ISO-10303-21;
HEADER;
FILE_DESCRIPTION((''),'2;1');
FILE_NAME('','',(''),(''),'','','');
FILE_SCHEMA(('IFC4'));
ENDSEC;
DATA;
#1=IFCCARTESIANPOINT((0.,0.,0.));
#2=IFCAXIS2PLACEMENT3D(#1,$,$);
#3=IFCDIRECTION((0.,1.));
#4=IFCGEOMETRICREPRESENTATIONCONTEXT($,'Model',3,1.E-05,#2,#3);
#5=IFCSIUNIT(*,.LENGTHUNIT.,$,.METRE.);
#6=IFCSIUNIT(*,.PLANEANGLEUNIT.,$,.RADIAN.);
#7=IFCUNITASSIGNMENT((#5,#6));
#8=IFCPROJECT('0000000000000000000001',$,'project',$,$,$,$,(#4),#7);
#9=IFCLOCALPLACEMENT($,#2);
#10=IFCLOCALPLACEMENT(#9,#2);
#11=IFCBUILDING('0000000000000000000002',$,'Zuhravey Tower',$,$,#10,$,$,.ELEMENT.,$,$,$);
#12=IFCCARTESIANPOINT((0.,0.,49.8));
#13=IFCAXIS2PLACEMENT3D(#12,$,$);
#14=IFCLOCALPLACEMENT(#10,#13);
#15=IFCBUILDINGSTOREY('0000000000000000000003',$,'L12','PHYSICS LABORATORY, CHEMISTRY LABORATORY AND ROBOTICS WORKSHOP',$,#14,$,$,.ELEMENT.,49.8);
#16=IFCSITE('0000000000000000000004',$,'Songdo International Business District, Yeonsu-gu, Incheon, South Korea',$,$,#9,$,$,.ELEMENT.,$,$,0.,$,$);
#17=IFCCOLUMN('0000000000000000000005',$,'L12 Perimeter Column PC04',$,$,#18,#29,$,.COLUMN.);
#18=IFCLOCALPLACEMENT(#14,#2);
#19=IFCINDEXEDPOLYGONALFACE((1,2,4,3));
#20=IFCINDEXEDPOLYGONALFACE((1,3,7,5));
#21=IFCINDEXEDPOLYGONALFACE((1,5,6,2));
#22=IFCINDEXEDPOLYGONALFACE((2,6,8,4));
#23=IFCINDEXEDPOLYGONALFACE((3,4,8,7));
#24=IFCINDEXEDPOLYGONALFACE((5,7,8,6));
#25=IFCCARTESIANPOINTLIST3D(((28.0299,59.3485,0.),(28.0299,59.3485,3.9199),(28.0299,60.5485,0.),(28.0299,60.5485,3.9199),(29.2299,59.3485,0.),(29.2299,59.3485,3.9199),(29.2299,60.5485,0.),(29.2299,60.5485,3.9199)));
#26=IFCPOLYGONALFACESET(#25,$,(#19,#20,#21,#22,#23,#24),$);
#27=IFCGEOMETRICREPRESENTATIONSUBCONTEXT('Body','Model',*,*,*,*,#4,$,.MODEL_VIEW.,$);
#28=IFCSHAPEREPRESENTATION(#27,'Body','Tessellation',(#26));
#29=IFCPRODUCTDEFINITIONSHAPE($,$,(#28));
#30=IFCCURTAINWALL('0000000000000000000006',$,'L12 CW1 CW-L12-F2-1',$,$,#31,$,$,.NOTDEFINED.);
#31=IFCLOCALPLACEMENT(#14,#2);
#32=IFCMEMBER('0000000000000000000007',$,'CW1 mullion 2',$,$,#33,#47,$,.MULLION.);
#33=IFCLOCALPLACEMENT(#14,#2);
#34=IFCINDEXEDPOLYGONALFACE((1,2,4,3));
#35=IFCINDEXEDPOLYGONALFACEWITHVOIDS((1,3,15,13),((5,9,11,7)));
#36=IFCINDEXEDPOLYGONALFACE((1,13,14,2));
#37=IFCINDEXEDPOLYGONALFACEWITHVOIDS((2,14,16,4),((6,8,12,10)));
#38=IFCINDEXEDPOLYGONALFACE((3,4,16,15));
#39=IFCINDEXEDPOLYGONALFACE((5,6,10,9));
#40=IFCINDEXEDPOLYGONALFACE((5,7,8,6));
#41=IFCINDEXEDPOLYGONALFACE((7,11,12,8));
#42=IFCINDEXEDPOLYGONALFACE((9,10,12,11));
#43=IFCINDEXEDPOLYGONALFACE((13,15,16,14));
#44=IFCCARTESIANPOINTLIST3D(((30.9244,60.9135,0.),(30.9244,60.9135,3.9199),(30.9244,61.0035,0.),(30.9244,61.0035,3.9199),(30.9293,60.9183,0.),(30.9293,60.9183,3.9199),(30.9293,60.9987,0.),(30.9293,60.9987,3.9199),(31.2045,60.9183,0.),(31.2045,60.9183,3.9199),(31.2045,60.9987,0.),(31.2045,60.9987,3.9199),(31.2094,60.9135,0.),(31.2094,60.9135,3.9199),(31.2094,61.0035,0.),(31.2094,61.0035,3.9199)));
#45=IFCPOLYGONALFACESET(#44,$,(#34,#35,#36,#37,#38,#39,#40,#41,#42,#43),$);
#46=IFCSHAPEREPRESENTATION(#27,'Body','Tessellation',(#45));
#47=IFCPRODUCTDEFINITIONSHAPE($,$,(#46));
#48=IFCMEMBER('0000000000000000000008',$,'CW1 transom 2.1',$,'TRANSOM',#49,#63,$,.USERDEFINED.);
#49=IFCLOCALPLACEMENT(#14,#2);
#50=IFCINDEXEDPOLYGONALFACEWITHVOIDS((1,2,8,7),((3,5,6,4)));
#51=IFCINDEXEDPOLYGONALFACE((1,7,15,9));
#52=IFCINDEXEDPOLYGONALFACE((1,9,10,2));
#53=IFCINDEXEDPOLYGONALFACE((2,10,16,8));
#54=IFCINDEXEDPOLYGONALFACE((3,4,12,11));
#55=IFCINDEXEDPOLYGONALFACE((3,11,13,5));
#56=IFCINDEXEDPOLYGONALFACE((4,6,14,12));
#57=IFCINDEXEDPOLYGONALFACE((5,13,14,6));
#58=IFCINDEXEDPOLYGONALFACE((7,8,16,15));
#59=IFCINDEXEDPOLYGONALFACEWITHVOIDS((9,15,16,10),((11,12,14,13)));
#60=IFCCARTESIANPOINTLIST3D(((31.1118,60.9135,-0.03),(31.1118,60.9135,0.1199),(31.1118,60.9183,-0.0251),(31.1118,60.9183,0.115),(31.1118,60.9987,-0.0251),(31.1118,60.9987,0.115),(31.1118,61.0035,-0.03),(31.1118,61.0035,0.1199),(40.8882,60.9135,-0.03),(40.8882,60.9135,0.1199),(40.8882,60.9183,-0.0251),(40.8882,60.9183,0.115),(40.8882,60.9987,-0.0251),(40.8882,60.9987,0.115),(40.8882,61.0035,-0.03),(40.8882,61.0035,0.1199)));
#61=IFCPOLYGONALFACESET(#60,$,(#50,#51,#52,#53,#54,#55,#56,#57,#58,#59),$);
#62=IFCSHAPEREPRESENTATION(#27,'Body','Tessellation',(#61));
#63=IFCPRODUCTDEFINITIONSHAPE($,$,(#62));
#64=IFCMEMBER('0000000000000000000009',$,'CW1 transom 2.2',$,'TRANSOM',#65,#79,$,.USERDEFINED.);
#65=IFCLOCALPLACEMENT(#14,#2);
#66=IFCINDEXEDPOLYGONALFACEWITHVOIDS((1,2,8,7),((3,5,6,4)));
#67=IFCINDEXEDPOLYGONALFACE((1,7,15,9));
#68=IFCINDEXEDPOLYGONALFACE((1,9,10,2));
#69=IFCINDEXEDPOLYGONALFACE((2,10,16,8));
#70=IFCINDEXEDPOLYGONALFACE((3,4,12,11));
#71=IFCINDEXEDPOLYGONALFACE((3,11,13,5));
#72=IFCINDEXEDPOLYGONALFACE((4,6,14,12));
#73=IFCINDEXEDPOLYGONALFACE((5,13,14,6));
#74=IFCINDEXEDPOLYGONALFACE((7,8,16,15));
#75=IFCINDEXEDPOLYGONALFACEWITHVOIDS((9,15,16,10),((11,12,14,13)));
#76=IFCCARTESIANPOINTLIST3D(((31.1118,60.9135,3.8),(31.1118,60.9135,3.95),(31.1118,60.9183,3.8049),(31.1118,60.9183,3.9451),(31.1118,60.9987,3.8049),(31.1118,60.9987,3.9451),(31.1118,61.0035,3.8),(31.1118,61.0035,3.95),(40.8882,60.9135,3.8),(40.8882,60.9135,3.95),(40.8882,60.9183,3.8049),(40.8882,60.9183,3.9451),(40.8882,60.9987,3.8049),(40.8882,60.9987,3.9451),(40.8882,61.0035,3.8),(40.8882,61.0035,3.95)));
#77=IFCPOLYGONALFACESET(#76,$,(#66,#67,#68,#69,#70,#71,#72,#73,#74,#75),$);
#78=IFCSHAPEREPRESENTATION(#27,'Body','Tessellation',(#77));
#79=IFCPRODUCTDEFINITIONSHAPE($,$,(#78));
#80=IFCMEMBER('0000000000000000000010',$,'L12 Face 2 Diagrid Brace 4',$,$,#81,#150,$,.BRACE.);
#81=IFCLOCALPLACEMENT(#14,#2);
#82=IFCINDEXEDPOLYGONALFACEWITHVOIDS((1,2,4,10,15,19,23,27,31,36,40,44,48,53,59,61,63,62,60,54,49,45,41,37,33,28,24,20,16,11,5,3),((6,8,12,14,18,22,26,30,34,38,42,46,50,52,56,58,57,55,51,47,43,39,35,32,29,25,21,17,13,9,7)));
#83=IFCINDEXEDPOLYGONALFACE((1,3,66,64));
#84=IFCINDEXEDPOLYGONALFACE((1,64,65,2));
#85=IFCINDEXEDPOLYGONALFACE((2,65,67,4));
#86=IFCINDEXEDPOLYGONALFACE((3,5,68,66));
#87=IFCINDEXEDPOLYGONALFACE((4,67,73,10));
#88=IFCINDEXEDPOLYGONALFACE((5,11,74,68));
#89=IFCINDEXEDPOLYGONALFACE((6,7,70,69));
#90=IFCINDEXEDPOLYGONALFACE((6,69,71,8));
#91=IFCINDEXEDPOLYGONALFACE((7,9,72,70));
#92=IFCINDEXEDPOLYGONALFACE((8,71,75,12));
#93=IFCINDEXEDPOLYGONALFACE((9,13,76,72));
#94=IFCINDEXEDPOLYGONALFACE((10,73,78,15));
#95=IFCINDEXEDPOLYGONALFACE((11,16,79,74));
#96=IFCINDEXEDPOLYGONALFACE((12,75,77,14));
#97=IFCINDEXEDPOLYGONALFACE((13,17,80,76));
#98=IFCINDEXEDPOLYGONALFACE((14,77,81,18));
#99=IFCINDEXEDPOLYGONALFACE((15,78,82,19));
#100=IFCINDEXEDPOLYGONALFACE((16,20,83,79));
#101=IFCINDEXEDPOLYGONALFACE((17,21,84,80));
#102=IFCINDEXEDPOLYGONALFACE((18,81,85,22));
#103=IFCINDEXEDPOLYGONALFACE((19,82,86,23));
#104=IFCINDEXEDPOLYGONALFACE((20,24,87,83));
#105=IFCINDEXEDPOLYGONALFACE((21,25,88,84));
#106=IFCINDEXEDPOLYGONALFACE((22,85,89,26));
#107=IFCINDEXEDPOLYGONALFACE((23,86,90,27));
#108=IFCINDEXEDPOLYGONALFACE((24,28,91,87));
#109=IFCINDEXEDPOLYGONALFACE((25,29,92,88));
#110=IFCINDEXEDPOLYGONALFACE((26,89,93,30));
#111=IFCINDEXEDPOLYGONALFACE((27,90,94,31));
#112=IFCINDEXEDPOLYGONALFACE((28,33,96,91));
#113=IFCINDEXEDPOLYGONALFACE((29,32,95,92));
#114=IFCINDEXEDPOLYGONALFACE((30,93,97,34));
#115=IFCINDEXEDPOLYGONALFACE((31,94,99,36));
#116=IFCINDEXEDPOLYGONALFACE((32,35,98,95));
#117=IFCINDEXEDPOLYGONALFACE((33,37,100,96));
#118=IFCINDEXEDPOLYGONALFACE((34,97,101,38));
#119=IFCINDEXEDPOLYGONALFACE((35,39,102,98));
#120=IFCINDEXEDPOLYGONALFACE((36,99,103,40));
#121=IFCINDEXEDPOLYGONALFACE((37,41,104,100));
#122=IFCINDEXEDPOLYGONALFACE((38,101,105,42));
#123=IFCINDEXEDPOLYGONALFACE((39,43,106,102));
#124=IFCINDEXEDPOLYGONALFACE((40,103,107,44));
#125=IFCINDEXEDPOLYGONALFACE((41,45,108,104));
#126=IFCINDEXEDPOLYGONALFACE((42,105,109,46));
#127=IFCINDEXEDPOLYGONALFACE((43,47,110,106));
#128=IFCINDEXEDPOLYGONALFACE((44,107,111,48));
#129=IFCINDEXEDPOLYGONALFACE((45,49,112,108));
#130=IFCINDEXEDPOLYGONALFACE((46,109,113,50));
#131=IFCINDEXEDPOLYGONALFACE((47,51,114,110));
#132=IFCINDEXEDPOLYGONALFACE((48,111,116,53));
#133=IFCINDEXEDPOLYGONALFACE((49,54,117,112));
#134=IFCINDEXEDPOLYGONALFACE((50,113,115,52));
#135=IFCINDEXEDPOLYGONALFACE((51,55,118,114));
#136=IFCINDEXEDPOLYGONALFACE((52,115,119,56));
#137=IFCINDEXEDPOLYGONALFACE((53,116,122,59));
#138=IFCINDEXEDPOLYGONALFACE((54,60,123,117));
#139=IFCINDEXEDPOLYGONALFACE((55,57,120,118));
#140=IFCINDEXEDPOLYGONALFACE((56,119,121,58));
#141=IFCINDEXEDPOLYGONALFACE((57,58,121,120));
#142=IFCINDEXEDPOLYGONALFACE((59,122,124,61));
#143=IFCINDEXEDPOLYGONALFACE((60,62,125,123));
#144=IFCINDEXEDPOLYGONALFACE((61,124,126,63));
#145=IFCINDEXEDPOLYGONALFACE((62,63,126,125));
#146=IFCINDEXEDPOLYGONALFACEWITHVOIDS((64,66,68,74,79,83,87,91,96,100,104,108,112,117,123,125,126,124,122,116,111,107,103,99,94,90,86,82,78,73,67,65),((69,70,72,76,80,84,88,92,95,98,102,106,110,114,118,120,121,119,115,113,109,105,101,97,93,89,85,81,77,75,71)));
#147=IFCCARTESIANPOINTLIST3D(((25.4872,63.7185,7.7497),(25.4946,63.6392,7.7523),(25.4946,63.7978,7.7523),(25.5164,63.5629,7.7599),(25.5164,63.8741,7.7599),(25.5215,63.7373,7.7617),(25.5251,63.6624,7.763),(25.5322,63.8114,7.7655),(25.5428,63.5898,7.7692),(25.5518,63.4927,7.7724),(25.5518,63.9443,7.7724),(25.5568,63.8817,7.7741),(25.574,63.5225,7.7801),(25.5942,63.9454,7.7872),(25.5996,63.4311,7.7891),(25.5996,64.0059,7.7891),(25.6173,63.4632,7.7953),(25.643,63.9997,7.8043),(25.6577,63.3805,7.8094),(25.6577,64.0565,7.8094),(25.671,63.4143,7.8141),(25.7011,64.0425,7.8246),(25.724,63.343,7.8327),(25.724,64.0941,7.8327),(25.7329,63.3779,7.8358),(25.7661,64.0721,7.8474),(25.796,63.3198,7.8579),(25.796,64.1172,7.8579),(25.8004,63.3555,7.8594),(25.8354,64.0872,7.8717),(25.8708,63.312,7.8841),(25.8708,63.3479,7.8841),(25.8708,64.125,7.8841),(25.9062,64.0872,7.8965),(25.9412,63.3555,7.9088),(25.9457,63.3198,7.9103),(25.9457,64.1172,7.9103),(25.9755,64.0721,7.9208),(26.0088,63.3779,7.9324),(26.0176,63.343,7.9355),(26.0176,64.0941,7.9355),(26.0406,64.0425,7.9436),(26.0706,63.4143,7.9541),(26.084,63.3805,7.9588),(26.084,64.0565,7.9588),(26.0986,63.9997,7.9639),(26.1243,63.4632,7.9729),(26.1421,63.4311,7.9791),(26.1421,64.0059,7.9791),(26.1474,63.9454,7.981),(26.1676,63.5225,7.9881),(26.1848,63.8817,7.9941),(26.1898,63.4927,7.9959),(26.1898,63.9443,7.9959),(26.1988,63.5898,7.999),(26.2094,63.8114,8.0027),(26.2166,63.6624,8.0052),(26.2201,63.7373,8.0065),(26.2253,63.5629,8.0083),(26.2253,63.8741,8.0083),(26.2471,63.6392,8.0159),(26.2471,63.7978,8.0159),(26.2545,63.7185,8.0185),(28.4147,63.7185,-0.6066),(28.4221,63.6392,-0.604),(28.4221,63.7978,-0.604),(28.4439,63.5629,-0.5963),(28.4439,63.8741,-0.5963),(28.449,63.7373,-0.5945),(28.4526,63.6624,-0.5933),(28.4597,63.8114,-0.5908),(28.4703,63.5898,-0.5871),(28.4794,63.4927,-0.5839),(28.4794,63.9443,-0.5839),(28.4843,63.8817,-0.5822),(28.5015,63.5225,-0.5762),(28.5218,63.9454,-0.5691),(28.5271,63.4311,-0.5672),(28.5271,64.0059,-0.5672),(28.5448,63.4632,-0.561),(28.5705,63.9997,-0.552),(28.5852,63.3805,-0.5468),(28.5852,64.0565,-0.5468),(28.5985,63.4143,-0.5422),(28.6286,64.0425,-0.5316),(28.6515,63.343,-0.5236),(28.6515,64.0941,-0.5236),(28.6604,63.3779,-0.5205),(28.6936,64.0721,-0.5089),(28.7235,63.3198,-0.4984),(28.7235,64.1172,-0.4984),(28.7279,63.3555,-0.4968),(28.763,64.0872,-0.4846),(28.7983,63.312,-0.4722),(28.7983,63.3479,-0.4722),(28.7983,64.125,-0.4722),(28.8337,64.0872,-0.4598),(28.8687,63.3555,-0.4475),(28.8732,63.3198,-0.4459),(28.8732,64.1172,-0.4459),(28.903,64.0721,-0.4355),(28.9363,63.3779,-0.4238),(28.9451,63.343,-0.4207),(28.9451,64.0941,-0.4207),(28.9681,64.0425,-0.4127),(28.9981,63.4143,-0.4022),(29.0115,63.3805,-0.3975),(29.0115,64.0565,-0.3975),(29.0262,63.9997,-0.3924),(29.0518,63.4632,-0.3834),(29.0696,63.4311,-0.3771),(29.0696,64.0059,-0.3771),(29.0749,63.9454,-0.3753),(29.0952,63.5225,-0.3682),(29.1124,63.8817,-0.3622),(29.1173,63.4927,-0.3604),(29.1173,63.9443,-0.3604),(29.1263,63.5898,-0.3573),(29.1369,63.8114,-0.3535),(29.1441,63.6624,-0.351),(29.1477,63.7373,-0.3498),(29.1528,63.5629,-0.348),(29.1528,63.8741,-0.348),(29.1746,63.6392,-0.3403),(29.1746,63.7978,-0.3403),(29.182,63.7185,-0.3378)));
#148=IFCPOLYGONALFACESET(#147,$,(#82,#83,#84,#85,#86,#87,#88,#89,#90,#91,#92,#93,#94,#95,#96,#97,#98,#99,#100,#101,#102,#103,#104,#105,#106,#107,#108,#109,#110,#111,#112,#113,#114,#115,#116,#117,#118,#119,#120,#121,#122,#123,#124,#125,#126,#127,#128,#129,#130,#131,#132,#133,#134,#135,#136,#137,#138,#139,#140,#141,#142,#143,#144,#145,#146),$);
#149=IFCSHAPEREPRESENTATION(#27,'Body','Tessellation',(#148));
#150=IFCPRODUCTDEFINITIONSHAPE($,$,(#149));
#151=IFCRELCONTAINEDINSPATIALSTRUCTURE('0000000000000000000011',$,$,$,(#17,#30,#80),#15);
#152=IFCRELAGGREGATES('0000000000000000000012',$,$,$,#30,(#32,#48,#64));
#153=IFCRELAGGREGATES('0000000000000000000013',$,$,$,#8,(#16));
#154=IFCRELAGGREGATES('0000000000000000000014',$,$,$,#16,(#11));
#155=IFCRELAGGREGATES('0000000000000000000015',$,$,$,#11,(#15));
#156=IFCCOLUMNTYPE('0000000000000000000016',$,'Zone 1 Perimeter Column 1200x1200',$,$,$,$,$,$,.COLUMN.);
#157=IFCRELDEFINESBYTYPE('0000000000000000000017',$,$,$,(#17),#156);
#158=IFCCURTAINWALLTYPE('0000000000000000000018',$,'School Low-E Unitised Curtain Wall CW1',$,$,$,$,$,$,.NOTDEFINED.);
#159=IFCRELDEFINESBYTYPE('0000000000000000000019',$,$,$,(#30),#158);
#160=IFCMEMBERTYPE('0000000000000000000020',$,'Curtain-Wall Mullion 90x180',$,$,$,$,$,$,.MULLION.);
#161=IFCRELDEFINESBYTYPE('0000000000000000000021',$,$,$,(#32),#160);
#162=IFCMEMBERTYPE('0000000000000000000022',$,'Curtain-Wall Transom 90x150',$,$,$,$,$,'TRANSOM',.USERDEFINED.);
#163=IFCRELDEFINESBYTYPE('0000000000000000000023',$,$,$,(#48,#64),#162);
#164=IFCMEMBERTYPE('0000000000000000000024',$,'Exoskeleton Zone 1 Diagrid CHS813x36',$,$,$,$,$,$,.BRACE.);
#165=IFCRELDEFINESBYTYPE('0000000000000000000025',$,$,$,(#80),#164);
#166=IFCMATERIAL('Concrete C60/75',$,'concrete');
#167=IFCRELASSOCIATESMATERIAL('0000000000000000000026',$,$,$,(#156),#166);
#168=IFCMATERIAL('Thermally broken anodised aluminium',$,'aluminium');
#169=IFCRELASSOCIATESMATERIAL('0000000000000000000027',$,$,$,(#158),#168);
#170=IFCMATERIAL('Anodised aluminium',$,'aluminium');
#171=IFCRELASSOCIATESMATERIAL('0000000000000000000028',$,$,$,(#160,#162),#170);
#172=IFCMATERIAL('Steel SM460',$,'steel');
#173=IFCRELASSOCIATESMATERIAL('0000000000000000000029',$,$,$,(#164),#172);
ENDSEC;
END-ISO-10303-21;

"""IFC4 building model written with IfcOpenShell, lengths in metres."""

from ifc_helpers import new_model, si_unit, direction, frame, origin, origin_2d, place, context, subcontext, project, spatial, rectangle, hollow_rectangle, hollow_circle, extrude, material, material_profile, profile_set, type_object, element, aggregate, save


model = new_model("IFC4")

# Units and contexts
model_context = context("Model", 3, precision=1e-05, world=origin(), true_north=direction((0.0, 1.0)))
body_context = subcontext(model_context, "Body", "Model", "MODEL_VIEW")
ifc_project = project(units=[si_unit("LENGTHUNIT", "METRE"), si_unit("PLANEANGLEUNIT", "RADIAN")], contexts=[model_context])

# Site, building, storey
site_placement = place(None, origin())
site = spatial("IfcSite", under=ifc_project, at=site_placement, Name="Songdo International Business District, Yeonsu-gu, Incheon, South Korea", CompositionType="ELEMENT", RefElevation=0.0)
building_placement = place(site_placement, origin())
building = spatial("IfcBuilding", under=site, at=building_placement, Name="Zuhravey Tower", CompositionType="ELEMENT")
storey_placement = place(building_placement, frame((0.0, 0.0, 49.8)))
storey = spatial("IfcBuildingStorey", under=building, at=storey_placement, Name="L12", Description="PHYSICS LABORATORY, CHEMISTRY LABORATORY AND ROBOTICS WORKSHOP", CompositionType="ELEMENT", Elevation=49.8)

# Column
ifc_material_1 = material(Name="Concrete C60/75", Category="concrete")
ifc_material_profile_1 = material_profile(ifc_material_1, rectangle(XDim=1.2, YDim=1.2, at=origin_2d()), Name="RC-1200x1200")
ifc_profile_set_1 = profile_set([ifc_material_profile_1], Name="Concrete C60/75")
column_type = type_object("IfcColumnType", Name="Zone 1 Perimeter Column 1200x1200", PredefinedType="COLUMN", material=ifc_profile_set_1)
column_placement = place(storey_placement, frame((28.6299, 59.9485, 0.0), z_axis=(0.0, 0.0, 1.0), x_axis=(-1.0, 0.0, 0.0)))
element("IfcColumn", 1, at=column_placement, inside=storey, type_object=column_type, Name="L12 Perimeter Column PC04", PredefinedType="COLUMN", context=body_context, shape_type="SweptSolid", body=[
    extrude(rectangle(XDim=1.2, YDim=1.2, at=origin_2d()), origin(), (0.0, 0.0, 1.0), 3.9199),
])

# Curtain wall, members
ifc_material_2 = material(Name="Thermally broken anodised aluminium", Category="aluminium")
curtain_wall_type = type_object("IfcCurtainWallType", Name="School Low-E Unitised Curtain Wall CW1", PredefinedType="NOTDEFINED", material=ifc_material_2)
curtain_wall_placement = place(storey_placement, origin())
curtain_wall = element("IfcCurtainWall", 2, at=curtain_wall_placement, inside=storey, type_object=curtain_wall_type, Name="L12 CW1 CW-L12-F2-1", PredefinedType="NOTDEFINED")
ifc_material_3 = material(Name="Anodised aluminium", Category="aluminium")
ifc_material_profile_2 = material_profile(ifc_material_3, hollow_rectangle(XDim=0.0901, YDim=0.2849, WallThickness=0.0049, at=origin_2d()), Name="ALU-RHS-90x285x5")
ifc_profile_set_2 = profile_set([ifc_material_profile_2], Name="Anodised aluminium")
member_type_1 = type_object("IfcMemberType", Name="Curtain-Wall Mullion 90x180", PredefinedType="MULLION", material=ifc_profile_set_2)
member_1_placement = place(storey_placement, frame((31.0669, 60.9585, 0.0), z_axis=(0.0, 0.0, 1.0), x_axis=(0.0, 1.0, 0.0)))
member_1 = element("IfcMember", 3, at=member_1_placement, type_object=member_type_1, Name="CW1 mullion 2", PredefinedType="MULLION", context=body_context, shape_type="SweptSolid", body=[
    extrude(hollow_rectangle(XDim=0.0901, YDim=0.2849, WallThickness=0.0049, at=origin_2d()), origin(), (0.0, 0.0, 1.0), 3.9199),
])
ifc_material_profile_3 = material_profile(ifc_material_3, hollow_rectangle(XDim=0.0901, YDim=0.1499, WallThickness=0.0049, at=origin_2d()), Name="ALU-RHS-90x150x5")
ifc_profile_set_3 = profile_set([ifc_material_profile_3], Name="Anodised aluminium")
member_type_2 = type_object("IfcMemberType", Name="Curtain-Wall Transom 90x150", ElementType="TRANSOM", PredefinedType="USERDEFINED", material=ifc_profile_set_3)
member_2_placement = place(storey_placement, frame((31.1118, 60.9585, 0.0449), z_axis=(1.0, 0.0, 0.0), x_axis=(0.0, 1.0, 0.0)))
member_2 = element("IfcMember", 4, at=member_2_placement, type_object=member_type_2, Name="CW1 transom 2.1", ObjectType="TRANSOM", PredefinedType="USERDEFINED", context=body_context, shape_type="SweptSolid", body=[
    extrude(hollow_rectangle(XDim=0.0901, YDim=0.1499, WallThickness=0.0049, at=origin_2d()), origin(), (0.0, 0.0, 1.0), 9.7764),
])
member_3_placement = place(storey_placement, frame((31.1118, 60.9585, 3.875), z_axis=(1.0, 0.0, 0.0), x_axis=(0.0, 1.0, 0.0)))
member_3 = element("IfcMember", 5, at=member_3_placement, type_object=member_type_2, Name="CW1 transom 2.2", ObjectType="TRANSOM", PredefinedType="USERDEFINED", context=body_context, shape_type="SweptSolid", body=[
    extrude(hollow_rectangle(XDim=0.0901, YDim=0.1499, WallThickness=0.0049, at=origin_2d()), origin(), (0.0, 0.0, 1.0), 9.7764),
])

# Member
ifc_material_4 = material(Name="Steel SM460", Category="steel")
ifc_material_profile_4 = material_profile(ifc_material_4, hollow_circle(Radius=0.4065, WallThickness=0.0359, at=origin_2d()), Name="CHS-812.8x36")
ifc_profile_set_4 = profile_set([ifc_material_profile_4], Name="Steel SM460")
member_type_3 = type_object("IfcMemberType", Name="Exoskeleton Zone 1 Diagrid CHS813x36", PredefinedType="BRACE", material=ifc_profile_set_4)
member_4_placement = place(storey_placement, frame((28.7983, 63.7185, -0.4722), z_axis=(-0.330634, 0.0, 0.943759), x_axis=(0.0, -1.0, 0.0)))
element("IfcMember", 6, at=member_4_placement, inside=storey, type_object=member_type_3, Name="L12 Face 2 Diagrid Brace 4", PredefinedType="BRACE", context=body_context, shape_type="SweptSolid", body=[
    extrude(hollow_circle(Radius=0.4065, WallThickness=0.0359, at=origin_2d()), origin(), (0.0, 0.0, 1.0), 8.8542),
])

aggregate(curtain_wall, [member_1, member_2, member_3])

save(model, "model.ifc")
